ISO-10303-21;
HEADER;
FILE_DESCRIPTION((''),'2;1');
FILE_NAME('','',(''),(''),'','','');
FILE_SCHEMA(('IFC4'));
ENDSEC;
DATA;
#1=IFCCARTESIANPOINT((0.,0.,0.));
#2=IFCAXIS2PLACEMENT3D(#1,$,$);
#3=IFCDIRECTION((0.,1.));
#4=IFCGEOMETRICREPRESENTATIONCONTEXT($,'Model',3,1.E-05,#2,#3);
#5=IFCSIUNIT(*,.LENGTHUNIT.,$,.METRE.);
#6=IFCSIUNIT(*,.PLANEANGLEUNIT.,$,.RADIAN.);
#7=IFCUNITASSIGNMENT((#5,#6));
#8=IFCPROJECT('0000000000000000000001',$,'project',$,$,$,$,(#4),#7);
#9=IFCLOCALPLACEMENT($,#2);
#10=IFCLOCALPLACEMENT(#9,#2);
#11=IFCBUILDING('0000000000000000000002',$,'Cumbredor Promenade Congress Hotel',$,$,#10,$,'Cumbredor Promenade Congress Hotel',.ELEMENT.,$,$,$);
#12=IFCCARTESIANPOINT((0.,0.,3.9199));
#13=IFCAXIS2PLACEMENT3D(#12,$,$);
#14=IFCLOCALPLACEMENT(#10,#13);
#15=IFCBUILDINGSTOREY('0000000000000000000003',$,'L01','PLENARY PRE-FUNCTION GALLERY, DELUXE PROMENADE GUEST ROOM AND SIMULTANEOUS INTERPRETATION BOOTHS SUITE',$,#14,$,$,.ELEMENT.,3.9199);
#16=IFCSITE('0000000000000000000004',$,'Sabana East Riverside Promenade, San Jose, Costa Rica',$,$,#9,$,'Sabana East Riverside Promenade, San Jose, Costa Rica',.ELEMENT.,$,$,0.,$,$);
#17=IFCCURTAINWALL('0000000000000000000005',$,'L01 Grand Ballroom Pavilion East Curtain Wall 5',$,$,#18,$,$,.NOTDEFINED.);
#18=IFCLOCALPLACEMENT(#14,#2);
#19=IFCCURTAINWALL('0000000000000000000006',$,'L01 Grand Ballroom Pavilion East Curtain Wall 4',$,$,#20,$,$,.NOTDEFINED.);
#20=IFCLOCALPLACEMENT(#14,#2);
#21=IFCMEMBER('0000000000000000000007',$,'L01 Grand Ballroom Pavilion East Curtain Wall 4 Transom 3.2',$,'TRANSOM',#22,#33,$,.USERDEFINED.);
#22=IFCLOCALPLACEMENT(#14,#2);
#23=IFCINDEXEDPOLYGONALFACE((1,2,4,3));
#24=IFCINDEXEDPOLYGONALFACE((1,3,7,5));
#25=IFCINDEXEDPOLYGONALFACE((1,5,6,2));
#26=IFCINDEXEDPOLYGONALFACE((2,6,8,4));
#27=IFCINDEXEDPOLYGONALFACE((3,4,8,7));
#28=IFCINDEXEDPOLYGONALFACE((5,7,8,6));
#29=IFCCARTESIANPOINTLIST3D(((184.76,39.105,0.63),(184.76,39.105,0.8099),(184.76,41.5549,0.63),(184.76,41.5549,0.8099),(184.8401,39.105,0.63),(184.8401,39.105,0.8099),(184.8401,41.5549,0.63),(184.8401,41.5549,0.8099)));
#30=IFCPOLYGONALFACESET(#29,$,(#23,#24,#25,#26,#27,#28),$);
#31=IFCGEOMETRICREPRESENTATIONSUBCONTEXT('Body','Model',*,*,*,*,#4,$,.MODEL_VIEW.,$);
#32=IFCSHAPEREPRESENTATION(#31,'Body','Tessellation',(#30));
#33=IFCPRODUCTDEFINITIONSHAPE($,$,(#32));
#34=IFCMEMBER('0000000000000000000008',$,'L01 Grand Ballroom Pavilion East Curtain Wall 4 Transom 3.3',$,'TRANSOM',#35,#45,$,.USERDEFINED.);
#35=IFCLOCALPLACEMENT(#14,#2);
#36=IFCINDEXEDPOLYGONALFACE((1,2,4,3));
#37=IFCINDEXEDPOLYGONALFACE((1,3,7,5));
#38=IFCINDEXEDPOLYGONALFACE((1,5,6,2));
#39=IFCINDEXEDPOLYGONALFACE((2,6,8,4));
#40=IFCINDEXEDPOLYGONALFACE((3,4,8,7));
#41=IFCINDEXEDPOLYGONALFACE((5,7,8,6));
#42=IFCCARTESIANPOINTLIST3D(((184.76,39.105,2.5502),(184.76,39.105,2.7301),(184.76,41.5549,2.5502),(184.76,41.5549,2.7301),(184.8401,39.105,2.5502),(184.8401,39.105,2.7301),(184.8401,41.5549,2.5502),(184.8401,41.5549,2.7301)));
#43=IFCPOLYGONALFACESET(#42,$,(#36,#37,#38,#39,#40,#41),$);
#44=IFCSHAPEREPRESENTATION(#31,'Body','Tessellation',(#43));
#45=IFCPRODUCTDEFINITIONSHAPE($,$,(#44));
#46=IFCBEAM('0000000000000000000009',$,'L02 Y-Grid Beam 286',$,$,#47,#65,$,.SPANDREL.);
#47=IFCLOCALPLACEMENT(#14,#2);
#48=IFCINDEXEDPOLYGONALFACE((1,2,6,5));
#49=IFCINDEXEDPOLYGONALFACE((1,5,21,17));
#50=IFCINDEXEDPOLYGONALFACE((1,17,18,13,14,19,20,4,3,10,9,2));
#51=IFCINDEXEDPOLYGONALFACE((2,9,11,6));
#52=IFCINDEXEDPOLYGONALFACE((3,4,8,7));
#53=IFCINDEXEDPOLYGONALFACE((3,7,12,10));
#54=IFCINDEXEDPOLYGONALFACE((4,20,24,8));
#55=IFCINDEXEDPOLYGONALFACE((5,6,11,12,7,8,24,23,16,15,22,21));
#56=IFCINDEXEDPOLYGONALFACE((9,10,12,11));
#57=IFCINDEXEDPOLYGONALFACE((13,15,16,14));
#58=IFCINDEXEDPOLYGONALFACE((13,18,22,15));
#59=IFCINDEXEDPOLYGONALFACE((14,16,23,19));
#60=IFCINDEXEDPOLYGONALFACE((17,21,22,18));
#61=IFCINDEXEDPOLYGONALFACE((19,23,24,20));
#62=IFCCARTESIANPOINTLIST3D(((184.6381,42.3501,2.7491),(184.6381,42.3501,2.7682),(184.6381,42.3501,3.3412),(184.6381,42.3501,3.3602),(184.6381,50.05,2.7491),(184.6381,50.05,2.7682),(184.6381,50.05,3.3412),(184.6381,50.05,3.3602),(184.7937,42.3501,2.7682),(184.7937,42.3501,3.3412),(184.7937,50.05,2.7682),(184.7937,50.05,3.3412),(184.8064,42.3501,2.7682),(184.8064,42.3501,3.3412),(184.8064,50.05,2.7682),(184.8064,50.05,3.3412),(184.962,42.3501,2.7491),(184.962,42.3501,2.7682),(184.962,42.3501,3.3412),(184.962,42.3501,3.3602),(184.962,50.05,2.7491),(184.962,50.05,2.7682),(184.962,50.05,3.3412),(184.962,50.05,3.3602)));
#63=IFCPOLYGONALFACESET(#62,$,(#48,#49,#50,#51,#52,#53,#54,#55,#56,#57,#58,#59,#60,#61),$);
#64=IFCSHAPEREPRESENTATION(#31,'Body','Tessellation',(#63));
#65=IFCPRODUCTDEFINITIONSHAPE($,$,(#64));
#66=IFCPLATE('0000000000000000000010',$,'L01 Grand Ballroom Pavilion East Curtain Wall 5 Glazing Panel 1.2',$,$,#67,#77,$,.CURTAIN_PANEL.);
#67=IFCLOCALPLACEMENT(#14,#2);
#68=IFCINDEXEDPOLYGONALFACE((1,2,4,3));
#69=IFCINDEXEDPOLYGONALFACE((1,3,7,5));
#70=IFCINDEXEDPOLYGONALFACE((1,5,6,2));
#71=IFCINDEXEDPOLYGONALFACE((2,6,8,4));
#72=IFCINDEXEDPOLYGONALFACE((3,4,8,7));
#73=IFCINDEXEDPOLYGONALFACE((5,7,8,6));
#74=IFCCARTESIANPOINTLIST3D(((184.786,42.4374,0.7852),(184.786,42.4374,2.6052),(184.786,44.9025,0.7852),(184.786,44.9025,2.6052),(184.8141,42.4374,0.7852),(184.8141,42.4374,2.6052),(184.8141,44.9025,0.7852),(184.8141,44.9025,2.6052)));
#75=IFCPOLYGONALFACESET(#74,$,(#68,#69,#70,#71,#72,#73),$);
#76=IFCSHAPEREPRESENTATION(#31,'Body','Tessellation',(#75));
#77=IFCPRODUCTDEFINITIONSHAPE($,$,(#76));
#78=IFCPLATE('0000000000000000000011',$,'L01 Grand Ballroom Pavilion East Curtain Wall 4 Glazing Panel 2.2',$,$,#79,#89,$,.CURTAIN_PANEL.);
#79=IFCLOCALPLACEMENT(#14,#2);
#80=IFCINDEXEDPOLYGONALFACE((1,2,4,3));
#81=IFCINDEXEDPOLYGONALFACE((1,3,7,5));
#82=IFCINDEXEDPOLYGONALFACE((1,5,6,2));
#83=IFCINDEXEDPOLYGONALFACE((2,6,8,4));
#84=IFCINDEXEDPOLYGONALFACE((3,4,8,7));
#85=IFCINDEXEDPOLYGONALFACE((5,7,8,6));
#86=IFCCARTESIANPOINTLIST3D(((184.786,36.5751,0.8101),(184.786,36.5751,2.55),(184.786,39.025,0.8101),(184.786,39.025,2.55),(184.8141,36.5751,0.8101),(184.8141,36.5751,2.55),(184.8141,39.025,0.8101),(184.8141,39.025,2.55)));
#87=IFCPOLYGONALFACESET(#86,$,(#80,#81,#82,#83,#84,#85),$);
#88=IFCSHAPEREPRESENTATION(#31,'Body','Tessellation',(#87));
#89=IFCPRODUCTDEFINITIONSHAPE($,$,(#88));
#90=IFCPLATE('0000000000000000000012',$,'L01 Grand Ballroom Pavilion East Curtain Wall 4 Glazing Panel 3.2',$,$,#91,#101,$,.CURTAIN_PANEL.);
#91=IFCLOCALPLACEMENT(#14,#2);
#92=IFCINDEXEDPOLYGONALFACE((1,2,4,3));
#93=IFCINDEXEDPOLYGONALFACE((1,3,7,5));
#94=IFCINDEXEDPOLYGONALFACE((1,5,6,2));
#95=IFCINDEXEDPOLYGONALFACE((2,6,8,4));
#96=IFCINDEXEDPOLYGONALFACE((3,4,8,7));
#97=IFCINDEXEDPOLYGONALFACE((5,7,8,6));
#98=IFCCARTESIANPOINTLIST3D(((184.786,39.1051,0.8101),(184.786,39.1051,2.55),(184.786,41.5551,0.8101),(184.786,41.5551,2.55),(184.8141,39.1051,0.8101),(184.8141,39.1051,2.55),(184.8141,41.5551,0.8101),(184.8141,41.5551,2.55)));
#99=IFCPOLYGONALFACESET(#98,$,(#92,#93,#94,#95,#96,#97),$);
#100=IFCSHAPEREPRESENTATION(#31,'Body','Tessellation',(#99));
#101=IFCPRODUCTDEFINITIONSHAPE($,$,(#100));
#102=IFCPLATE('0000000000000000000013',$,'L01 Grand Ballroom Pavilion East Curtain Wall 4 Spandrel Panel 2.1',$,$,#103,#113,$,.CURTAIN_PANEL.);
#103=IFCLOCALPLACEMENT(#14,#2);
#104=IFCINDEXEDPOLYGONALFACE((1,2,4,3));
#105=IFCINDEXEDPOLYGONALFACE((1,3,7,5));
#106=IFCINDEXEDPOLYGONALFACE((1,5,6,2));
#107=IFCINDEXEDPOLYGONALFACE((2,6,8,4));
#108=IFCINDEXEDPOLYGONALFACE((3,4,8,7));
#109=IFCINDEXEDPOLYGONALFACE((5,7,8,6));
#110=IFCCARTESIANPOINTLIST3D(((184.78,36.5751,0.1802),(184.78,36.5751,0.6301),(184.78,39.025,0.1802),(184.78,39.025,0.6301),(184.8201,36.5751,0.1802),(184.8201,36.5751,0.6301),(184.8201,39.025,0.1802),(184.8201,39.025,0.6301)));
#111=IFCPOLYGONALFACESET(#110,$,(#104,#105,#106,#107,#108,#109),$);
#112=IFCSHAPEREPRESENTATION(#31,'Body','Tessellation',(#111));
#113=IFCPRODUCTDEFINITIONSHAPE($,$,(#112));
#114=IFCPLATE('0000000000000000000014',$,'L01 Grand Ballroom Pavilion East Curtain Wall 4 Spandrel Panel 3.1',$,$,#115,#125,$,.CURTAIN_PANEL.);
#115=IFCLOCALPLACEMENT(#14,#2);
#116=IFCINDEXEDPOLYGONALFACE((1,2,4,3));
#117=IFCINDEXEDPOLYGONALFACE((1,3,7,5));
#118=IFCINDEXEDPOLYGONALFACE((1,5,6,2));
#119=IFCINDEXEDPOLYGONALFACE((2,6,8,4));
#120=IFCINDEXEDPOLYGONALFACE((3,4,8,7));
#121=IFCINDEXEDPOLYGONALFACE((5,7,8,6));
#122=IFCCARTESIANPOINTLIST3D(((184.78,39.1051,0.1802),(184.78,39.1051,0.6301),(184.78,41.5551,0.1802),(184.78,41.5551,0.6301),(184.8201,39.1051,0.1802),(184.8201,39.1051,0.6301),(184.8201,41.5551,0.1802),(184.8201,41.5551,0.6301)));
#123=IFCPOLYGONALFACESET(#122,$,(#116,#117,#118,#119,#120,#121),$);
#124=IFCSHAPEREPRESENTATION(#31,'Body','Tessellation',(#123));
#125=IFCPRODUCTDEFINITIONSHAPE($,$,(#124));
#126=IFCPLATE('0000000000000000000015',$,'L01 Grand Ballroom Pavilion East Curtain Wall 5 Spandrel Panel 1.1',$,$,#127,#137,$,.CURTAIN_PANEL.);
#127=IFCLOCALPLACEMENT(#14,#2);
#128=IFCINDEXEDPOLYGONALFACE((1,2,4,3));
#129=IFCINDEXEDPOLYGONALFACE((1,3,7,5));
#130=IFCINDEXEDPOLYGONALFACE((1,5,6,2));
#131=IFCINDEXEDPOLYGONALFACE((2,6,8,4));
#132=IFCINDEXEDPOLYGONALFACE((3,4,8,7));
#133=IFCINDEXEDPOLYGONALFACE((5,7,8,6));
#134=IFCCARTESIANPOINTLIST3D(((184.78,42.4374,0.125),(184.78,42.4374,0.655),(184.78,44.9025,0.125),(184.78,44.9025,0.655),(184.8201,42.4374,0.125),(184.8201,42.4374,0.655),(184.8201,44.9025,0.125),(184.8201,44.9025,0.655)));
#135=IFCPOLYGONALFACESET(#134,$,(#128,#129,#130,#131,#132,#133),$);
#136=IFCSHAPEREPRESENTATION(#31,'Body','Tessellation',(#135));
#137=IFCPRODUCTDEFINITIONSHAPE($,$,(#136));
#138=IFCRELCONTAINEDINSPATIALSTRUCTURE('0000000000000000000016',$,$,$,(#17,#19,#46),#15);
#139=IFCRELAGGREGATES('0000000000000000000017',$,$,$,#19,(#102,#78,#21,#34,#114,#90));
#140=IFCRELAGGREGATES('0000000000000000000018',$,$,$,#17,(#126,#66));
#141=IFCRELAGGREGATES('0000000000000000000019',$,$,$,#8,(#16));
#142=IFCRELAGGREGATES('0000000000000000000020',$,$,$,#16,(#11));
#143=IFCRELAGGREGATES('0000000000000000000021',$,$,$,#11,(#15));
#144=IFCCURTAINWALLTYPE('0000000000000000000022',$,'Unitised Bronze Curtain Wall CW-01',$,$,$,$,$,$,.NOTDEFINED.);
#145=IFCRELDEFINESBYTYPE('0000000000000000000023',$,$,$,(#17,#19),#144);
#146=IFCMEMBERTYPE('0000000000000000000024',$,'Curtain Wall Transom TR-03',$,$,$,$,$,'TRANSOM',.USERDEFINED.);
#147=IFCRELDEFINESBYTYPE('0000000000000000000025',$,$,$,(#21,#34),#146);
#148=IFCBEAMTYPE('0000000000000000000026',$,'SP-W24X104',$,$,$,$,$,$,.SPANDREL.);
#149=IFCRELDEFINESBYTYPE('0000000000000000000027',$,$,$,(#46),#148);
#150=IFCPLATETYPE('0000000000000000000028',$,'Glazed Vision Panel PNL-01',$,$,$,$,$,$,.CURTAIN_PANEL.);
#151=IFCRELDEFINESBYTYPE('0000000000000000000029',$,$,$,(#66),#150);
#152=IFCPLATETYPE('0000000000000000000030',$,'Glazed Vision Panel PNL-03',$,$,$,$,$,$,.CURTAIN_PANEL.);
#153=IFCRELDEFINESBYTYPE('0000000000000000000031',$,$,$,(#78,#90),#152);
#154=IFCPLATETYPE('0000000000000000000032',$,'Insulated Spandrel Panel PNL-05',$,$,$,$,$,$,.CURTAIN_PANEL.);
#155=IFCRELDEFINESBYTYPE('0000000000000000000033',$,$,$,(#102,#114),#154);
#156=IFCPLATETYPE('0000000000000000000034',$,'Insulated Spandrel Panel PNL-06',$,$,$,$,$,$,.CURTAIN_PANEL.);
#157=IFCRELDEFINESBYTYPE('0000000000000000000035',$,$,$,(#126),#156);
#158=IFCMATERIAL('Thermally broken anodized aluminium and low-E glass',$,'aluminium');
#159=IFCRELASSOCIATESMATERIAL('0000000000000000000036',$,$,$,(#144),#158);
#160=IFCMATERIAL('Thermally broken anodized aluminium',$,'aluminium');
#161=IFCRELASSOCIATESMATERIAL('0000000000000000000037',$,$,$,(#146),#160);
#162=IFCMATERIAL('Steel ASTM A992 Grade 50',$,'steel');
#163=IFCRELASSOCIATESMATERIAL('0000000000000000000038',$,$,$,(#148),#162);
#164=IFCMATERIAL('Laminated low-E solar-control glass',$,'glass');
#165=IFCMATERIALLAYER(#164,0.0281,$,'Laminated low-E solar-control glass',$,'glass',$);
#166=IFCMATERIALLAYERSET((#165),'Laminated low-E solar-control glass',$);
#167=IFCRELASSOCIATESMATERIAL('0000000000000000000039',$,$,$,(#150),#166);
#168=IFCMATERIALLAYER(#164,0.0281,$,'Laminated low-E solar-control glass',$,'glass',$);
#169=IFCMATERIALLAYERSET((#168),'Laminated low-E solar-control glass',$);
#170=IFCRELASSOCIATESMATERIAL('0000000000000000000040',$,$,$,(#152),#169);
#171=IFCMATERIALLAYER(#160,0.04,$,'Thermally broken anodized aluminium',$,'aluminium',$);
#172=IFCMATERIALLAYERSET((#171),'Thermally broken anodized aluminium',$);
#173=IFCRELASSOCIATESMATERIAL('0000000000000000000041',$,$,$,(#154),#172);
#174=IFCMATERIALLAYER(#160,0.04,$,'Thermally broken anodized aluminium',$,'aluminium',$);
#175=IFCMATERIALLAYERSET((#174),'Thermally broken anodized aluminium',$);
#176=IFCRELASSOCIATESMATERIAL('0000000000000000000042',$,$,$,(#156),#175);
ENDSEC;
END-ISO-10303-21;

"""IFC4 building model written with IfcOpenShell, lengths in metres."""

from ifc_helpers import new_model, si_unit, direction, frame, origin, origin_2d, place, context, subcontext, project, spatial, rectangle, i_section, extrude, material, layer, layer_set, material_profile, profile_set, type_object, element, aggregate, save


model = new_model("IFC4")

# Units and contexts
model_context = context("Model", 3, precision=1e-05, world=origin(), true_north=direction((0.0, 1.0)))
body_context = subcontext(model_context, "Body", "Model", "MODEL_VIEW")
ifc_project = project(units=[si_unit("LENGTHUNIT", "METRE"), si_unit("PLANEANGLEUNIT", "RADIAN")], contexts=[model_context])

# Site, building, storey
site_placement = place(None, origin())
site = spatial("IfcSite", under=ifc_project, at=site_placement, Name="Sabana East Riverside Promenade, San Jose, Costa Rica", LongName="Sabana East Riverside Promenade, San Jose, Costa Rica", CompositionType="ELEMENT", RefElevation=0.0)
building_placement = place(site_placement, origin())
building = spatial("IfcBuilding", under=site, at=building_placement, Name="Cumbredor Promenade Congress Hotel", LongName="Cumbredor Promenade Congress Hotel", CompositionType="ELEMENT")
storey_placement = place(building_placement, frame((0.0, 0.0, 3.9199)))
storey = spatial("IfcBuildingStorey", under=building, at=storey_placement, Name="L01", Description="PLENARY PRE-FUNCTION GALLERY, DELUXE PROMENADE GUEST ROOM AND SIMULTANEOUS INTERPRETATION BOOTHS SUITE", CompositionType="ELEMENT", Elevation=3.9199)

# Curtain walls
ifc_material_1 = material(Name="Thermally broken anodized aluminium and low-E glass", Category="aluminium")
curtain_wall_type = type_object("IfcCurtainWallType", Name="Unitised Bronze Curtain Wall CW-01", PredefinedType="NOTDEFINED", material=ifc_material_1)
curtain_wall_1_placement = place(storey_placement, origin())
curtain_wall_1 = element("IfcCurtainWall", 1, at=curtain_wall_1_placement, inside=storey, type_object=curtain_wall_type, Name="L01 Grand Ballroom Pavilion East Curtain Wall 5", PredefinedType="NOTDEFINED")
ifc_material_2 = material(Name="Thermally broken anodized aluminium", Category="aluminium")
curtain_wall_2_placement = place(storey_placement, origin())
curtain_wall_2 = element("IfcCurtainWall", 2, at=curtain_wall_2_placement, inside=storey, type_object=curtain_wall_type, Name="L01 Grand Ballroom Pavilion East Curtain Wall 4", PredefinedType="NOTDEFINED")

# Members
ifc_material_profile_1 = material_profile(ifc_material_2, rectangle(XDim=0.0801, YDim=0.1799, at=origin_2d()), Name="ALU TRANSOM 80x180")
ifc_profile_set_1 = profile_set([ifc_material_profile_1], Name="Thermally broken anodized aluminium")
member_type_1 = type_object("IfcMemberType", Name="Curtain Wall Transom TR-03", ElementType="TRANSOM", PredefinedType="USERDEFINED", material=ifc_profile_set_1)
member_1_placement = place(storey_placement, frame((184.8, 39.105, 0.72), z_axis=(0.0, 1.0, 0.0), x_axis=(-1.0, 0.0, 0.0)))
member_1 = element("IfcMember", 3, at=member_1_placement, type_object=member_type_1, Name="L01 Grand Ballroom Pavilion East Curtain Wall 4 Transom 3.2", ObjectType="TRANSOM", PredefinedType="USERDEFINED", context=body_context, shape_type="SweptSolid", body=[
    extrude(rectangle(XDim=0.0801, YDim=0.1799, at=origin_2d()), origin(), (0.0, 0.0, 1.0), 2.45),
])
member_2_placement = place(storey_placement, frame((184.8, 39.105, 2.6401), z_axis=(0.0, 1.0, 0.0), x_axis=(-1.0, 0.0, 0.0)))
member_2 = element("IfcMember", 4, at=member_2_placement, type_object=member_type_1, Name="L01 Grand Ballroom Pavilion East Curtain Wall 4 Transom 3.3", ObjectType="TRANSOM", PredefinedType="USERDEFINED", context=body_context, shape_type="SweptSolid", body=[
    extrude(rectangle(XDim=0.0801, YDim=0.1799, at=origin_2d()), origin(), (0.0, 0.0, 1.0), 2.45),
])

# Beam
ifc_material_3 = material(Name="Steel ASTM A992 Grade 50", Category="steel")
ifc_material_profile_2 = material_profile(ifc_material_3, i_section(OverallWidth=0.324, OverallDepth=0.6111, WebThickness=0.0127, FlangeThickness=0.019, at=origin_2d()), Name="W24X104")
ifc_profile_set_2 = profile_set([ifc_material_profile_2], Name="Steel ASTM A992 Grade 50")
beam_type = type_object("IfcBeamType", Name="SP-W24X104", PredefinedType="SPANDREL", material=ifc_profile_set_2)
beam_placement = place(storey_placement, frame((184.8, 42.3501, 3.0547), z_axis=(0.0, 1.0, 0.0), x_axis=(-1.0, 0.0, 0.0)))
element("IfcBeam", 5, at=beam_placement, inside=storey, type_object=beam_type, Name="L02 Y-Grid Beam 286", PredefinedType="SPANDREL", context=body_context, shape_type="SweptSolid", body=[
    extrude(i_section(OverallWidth=0.324, OverallDepth=0.6111, WebThickness=0.0127, FlangeThickness=0.019, at=origin_2d()), origin(), (0.0, 0.0, 1.0), 7.7),
])

# Plates
ifc_material_4 = material(Name="Laminated low-E solar-control glass", Category="glass")
ifc_layer_1 = layer(ifc_material_4, 0.0281, Name="Laminated low-E solar-control glass", Category="glass")
ifc_layer_set_1 = layer_set([ifc_layer_1], Name="Laminated low-E solar-control glass")
plate_type_1 = type_object("IfcPlateType", Name="Glazed Vision Panel PNL-01", PredefinedType="CURTAIN_PANEL", material=ifc_layer_set_1)
plate_1_placement = place(storey_placement, frame((184.8, 43.6699, 0.7852), z_axis=(0.0, 0.0, 1.0), x_axis=(0.0, 1.0, 0.0)))
plate_1 = element("IfcPlate", 6, at=plate_1_placement, type_object=plate_type_1, Name="L01 Grand Ballroom Pavilion East Curtain Wall 5 Glazing Panel 1.2", PredefinedType="CURTAIN_PANEL", context=body_context, shape_type="SweptSolid", body=[
    extrude(rectangle(XDim=2.4651, YDim=0.0281, at=origin_2d()), origin(), (0.0, 0.0, 1.0), 1.8201),
])
ifc_layer_2 = layer(ifc_material_4, 0.0281, Name="Laminated low-E solar-control glass", Category="glass")
ifc_layer_set_2 = layer_set([ifc_layer_2], Name="Laminated low-E solar-control glass")
plate_type_2 = type_object("IfcPlateType", Name="Glazed Vision Panel PNL-03", PredefinedType="CURTAIN_PANEL", material=ifc_layer_set_2)
plate_2_placement = place(storey_placement, frame((184.8, 37.8, 0.8101), z_axis=(0.0, 0.0, 1.0), x_axis=(0.0, 1.0, 0.0)))
plate_2 = element("IfcPlate", 7, at=plate_2_placement, type_object=plate_type_2, Name="L01 Grand Ballroom Pavilion East Curtain Wall 4 Glazing Panel 2.2", PredefinedType="CURTAIN_PANEL", context=body_context, shape_type="SweptSolid", body=[
    extrude(rectangle(XDim=2.45, YDim=0.0281, at=origin_2d()), origin(), (0.0, 0.0, 1.0), 1.74),
])
plate_3_placement = place(storey_placement, frame((184.8, 40.3301, 0.8101), z_axis=(0.0, 0.0, 1.0), x_axis=(0.0, 1.0, 0.0)))
plate_3 = element("IfcPlate", 8, at=plate_3_placement, type_object=plate_type_2, Name="L01 Grand Ballroom Pavilion East Curtain Wall 4 Glazing Panel 3.2", PredefinedType="CURTAIN_PANEL", context=body_context, shape_type="SweptSolid", body=[
    extrude(rectangle(XDim=2.45, YDim=0.0281, at=origin_2d()), origin(), (0.0, 0.0, 1.0), 1.74),
])
ifc_layer_3 = layer(ifc_material_2, 0.04, Name="Thermally broken anodized aluminium", Category="aluminium")
ifc_layer_set_3 = layer_set([ifc_layer_3], Name="Thermally broken anodized aluminium")
plate_type_3 = type_object("IfcPlateType", Name="Insulated Spandrel Panel PNL-05", PredefinedType="CURTAIN_PANEL", material=ifc_layer_set_3)
plate_4_placement = place(storey_placement, frame((184.8, 37.8, 0.1802), z_axis=(0.0, 0.0, 1.0), x_axis=(0.0, 1.0, 0.0)))
plate_4 = element("IfcPlate", 9, at=plate_4_placement, type_object=plate_type_3, Name="L01 Grand Ballroom Pavilion East Curtain Wall 4 Spandrel Panel 2.1", PredefinedType="CURTAIN_PANEL", context=body_context, shape_type="SweptSolid", body=[
    extrude(rectangle(XDim=2.45, YDim=0.04, at=origin_2d()), origin(), (0.0, 0.0, 1.0), 0.45),
])
plate_5_placement = place(storey_placement, frame((184.8, 40.3301, 0.1802), z_axis=(0.0, 0.0, 1.0), x_axis=(0.0, 1.0, 0.0)))
plate_5 = element("IfcPlate", 10, at=plate_5_placement, type_object=plate_type_3, Name="L01 Grand Ballroom Pavilion East Curtain Wall 4 Spandrel Panel 3.1", PredefinedType="CURTAIN_PANEL", context=body_context, shape_type="SweptSolid", body=[
    extrude(rectangle(XDim=2.45, YDim=0.04, at=origin_2d()), origin(), (0.0, 0.0, 1.0), 0.45),
])
aggregate(curtain_wall_2, [plate_4, plate_2, member_1, member_2, plate_5, plate_3])
ifc_layer_4 = layer(ifc_material_2, 0.04, Name="Thermally broken anodized aluminium", Category="aluminium")
ifc_layer_set_4 = layer_set([ifc_layer_4], Name="Thermally broken anodized aluminium")
plate_type_4 = type_object("IfcPlateType", Name="Insulated Spandrel Panel PNL-06", PredefinedType="CURTAIN_PANEL", material=ifc_layer_set_4)
plate_6_placement = place(storey_placement, frame((184.8, 43.6699, 0.125), z_axis=(0.0, 0.0, 1.0), x_axis=(0.0, 1.0, 0.0)))
plate_6 = element("IfcPlate", 11, at=plate_6_placement, type_object=plate_type_4, Name="L01 Grand Ballroom Pavilion East Curtain Wall 5 Spandrel Panel 1.1", PredefinedType="CURTAIN_PANEL", context=body_context, shape_type="SweptSolid", body=[
    extrude(rectangle(XDim=2.4651, YDim=0.04, at=origin_2d()), origin(), (0.0, 0.0, 1.0), 0.53),
])
aggregate(curtain_wall_1, [plate_6, plate_1])

save(model, "model.ifc")
